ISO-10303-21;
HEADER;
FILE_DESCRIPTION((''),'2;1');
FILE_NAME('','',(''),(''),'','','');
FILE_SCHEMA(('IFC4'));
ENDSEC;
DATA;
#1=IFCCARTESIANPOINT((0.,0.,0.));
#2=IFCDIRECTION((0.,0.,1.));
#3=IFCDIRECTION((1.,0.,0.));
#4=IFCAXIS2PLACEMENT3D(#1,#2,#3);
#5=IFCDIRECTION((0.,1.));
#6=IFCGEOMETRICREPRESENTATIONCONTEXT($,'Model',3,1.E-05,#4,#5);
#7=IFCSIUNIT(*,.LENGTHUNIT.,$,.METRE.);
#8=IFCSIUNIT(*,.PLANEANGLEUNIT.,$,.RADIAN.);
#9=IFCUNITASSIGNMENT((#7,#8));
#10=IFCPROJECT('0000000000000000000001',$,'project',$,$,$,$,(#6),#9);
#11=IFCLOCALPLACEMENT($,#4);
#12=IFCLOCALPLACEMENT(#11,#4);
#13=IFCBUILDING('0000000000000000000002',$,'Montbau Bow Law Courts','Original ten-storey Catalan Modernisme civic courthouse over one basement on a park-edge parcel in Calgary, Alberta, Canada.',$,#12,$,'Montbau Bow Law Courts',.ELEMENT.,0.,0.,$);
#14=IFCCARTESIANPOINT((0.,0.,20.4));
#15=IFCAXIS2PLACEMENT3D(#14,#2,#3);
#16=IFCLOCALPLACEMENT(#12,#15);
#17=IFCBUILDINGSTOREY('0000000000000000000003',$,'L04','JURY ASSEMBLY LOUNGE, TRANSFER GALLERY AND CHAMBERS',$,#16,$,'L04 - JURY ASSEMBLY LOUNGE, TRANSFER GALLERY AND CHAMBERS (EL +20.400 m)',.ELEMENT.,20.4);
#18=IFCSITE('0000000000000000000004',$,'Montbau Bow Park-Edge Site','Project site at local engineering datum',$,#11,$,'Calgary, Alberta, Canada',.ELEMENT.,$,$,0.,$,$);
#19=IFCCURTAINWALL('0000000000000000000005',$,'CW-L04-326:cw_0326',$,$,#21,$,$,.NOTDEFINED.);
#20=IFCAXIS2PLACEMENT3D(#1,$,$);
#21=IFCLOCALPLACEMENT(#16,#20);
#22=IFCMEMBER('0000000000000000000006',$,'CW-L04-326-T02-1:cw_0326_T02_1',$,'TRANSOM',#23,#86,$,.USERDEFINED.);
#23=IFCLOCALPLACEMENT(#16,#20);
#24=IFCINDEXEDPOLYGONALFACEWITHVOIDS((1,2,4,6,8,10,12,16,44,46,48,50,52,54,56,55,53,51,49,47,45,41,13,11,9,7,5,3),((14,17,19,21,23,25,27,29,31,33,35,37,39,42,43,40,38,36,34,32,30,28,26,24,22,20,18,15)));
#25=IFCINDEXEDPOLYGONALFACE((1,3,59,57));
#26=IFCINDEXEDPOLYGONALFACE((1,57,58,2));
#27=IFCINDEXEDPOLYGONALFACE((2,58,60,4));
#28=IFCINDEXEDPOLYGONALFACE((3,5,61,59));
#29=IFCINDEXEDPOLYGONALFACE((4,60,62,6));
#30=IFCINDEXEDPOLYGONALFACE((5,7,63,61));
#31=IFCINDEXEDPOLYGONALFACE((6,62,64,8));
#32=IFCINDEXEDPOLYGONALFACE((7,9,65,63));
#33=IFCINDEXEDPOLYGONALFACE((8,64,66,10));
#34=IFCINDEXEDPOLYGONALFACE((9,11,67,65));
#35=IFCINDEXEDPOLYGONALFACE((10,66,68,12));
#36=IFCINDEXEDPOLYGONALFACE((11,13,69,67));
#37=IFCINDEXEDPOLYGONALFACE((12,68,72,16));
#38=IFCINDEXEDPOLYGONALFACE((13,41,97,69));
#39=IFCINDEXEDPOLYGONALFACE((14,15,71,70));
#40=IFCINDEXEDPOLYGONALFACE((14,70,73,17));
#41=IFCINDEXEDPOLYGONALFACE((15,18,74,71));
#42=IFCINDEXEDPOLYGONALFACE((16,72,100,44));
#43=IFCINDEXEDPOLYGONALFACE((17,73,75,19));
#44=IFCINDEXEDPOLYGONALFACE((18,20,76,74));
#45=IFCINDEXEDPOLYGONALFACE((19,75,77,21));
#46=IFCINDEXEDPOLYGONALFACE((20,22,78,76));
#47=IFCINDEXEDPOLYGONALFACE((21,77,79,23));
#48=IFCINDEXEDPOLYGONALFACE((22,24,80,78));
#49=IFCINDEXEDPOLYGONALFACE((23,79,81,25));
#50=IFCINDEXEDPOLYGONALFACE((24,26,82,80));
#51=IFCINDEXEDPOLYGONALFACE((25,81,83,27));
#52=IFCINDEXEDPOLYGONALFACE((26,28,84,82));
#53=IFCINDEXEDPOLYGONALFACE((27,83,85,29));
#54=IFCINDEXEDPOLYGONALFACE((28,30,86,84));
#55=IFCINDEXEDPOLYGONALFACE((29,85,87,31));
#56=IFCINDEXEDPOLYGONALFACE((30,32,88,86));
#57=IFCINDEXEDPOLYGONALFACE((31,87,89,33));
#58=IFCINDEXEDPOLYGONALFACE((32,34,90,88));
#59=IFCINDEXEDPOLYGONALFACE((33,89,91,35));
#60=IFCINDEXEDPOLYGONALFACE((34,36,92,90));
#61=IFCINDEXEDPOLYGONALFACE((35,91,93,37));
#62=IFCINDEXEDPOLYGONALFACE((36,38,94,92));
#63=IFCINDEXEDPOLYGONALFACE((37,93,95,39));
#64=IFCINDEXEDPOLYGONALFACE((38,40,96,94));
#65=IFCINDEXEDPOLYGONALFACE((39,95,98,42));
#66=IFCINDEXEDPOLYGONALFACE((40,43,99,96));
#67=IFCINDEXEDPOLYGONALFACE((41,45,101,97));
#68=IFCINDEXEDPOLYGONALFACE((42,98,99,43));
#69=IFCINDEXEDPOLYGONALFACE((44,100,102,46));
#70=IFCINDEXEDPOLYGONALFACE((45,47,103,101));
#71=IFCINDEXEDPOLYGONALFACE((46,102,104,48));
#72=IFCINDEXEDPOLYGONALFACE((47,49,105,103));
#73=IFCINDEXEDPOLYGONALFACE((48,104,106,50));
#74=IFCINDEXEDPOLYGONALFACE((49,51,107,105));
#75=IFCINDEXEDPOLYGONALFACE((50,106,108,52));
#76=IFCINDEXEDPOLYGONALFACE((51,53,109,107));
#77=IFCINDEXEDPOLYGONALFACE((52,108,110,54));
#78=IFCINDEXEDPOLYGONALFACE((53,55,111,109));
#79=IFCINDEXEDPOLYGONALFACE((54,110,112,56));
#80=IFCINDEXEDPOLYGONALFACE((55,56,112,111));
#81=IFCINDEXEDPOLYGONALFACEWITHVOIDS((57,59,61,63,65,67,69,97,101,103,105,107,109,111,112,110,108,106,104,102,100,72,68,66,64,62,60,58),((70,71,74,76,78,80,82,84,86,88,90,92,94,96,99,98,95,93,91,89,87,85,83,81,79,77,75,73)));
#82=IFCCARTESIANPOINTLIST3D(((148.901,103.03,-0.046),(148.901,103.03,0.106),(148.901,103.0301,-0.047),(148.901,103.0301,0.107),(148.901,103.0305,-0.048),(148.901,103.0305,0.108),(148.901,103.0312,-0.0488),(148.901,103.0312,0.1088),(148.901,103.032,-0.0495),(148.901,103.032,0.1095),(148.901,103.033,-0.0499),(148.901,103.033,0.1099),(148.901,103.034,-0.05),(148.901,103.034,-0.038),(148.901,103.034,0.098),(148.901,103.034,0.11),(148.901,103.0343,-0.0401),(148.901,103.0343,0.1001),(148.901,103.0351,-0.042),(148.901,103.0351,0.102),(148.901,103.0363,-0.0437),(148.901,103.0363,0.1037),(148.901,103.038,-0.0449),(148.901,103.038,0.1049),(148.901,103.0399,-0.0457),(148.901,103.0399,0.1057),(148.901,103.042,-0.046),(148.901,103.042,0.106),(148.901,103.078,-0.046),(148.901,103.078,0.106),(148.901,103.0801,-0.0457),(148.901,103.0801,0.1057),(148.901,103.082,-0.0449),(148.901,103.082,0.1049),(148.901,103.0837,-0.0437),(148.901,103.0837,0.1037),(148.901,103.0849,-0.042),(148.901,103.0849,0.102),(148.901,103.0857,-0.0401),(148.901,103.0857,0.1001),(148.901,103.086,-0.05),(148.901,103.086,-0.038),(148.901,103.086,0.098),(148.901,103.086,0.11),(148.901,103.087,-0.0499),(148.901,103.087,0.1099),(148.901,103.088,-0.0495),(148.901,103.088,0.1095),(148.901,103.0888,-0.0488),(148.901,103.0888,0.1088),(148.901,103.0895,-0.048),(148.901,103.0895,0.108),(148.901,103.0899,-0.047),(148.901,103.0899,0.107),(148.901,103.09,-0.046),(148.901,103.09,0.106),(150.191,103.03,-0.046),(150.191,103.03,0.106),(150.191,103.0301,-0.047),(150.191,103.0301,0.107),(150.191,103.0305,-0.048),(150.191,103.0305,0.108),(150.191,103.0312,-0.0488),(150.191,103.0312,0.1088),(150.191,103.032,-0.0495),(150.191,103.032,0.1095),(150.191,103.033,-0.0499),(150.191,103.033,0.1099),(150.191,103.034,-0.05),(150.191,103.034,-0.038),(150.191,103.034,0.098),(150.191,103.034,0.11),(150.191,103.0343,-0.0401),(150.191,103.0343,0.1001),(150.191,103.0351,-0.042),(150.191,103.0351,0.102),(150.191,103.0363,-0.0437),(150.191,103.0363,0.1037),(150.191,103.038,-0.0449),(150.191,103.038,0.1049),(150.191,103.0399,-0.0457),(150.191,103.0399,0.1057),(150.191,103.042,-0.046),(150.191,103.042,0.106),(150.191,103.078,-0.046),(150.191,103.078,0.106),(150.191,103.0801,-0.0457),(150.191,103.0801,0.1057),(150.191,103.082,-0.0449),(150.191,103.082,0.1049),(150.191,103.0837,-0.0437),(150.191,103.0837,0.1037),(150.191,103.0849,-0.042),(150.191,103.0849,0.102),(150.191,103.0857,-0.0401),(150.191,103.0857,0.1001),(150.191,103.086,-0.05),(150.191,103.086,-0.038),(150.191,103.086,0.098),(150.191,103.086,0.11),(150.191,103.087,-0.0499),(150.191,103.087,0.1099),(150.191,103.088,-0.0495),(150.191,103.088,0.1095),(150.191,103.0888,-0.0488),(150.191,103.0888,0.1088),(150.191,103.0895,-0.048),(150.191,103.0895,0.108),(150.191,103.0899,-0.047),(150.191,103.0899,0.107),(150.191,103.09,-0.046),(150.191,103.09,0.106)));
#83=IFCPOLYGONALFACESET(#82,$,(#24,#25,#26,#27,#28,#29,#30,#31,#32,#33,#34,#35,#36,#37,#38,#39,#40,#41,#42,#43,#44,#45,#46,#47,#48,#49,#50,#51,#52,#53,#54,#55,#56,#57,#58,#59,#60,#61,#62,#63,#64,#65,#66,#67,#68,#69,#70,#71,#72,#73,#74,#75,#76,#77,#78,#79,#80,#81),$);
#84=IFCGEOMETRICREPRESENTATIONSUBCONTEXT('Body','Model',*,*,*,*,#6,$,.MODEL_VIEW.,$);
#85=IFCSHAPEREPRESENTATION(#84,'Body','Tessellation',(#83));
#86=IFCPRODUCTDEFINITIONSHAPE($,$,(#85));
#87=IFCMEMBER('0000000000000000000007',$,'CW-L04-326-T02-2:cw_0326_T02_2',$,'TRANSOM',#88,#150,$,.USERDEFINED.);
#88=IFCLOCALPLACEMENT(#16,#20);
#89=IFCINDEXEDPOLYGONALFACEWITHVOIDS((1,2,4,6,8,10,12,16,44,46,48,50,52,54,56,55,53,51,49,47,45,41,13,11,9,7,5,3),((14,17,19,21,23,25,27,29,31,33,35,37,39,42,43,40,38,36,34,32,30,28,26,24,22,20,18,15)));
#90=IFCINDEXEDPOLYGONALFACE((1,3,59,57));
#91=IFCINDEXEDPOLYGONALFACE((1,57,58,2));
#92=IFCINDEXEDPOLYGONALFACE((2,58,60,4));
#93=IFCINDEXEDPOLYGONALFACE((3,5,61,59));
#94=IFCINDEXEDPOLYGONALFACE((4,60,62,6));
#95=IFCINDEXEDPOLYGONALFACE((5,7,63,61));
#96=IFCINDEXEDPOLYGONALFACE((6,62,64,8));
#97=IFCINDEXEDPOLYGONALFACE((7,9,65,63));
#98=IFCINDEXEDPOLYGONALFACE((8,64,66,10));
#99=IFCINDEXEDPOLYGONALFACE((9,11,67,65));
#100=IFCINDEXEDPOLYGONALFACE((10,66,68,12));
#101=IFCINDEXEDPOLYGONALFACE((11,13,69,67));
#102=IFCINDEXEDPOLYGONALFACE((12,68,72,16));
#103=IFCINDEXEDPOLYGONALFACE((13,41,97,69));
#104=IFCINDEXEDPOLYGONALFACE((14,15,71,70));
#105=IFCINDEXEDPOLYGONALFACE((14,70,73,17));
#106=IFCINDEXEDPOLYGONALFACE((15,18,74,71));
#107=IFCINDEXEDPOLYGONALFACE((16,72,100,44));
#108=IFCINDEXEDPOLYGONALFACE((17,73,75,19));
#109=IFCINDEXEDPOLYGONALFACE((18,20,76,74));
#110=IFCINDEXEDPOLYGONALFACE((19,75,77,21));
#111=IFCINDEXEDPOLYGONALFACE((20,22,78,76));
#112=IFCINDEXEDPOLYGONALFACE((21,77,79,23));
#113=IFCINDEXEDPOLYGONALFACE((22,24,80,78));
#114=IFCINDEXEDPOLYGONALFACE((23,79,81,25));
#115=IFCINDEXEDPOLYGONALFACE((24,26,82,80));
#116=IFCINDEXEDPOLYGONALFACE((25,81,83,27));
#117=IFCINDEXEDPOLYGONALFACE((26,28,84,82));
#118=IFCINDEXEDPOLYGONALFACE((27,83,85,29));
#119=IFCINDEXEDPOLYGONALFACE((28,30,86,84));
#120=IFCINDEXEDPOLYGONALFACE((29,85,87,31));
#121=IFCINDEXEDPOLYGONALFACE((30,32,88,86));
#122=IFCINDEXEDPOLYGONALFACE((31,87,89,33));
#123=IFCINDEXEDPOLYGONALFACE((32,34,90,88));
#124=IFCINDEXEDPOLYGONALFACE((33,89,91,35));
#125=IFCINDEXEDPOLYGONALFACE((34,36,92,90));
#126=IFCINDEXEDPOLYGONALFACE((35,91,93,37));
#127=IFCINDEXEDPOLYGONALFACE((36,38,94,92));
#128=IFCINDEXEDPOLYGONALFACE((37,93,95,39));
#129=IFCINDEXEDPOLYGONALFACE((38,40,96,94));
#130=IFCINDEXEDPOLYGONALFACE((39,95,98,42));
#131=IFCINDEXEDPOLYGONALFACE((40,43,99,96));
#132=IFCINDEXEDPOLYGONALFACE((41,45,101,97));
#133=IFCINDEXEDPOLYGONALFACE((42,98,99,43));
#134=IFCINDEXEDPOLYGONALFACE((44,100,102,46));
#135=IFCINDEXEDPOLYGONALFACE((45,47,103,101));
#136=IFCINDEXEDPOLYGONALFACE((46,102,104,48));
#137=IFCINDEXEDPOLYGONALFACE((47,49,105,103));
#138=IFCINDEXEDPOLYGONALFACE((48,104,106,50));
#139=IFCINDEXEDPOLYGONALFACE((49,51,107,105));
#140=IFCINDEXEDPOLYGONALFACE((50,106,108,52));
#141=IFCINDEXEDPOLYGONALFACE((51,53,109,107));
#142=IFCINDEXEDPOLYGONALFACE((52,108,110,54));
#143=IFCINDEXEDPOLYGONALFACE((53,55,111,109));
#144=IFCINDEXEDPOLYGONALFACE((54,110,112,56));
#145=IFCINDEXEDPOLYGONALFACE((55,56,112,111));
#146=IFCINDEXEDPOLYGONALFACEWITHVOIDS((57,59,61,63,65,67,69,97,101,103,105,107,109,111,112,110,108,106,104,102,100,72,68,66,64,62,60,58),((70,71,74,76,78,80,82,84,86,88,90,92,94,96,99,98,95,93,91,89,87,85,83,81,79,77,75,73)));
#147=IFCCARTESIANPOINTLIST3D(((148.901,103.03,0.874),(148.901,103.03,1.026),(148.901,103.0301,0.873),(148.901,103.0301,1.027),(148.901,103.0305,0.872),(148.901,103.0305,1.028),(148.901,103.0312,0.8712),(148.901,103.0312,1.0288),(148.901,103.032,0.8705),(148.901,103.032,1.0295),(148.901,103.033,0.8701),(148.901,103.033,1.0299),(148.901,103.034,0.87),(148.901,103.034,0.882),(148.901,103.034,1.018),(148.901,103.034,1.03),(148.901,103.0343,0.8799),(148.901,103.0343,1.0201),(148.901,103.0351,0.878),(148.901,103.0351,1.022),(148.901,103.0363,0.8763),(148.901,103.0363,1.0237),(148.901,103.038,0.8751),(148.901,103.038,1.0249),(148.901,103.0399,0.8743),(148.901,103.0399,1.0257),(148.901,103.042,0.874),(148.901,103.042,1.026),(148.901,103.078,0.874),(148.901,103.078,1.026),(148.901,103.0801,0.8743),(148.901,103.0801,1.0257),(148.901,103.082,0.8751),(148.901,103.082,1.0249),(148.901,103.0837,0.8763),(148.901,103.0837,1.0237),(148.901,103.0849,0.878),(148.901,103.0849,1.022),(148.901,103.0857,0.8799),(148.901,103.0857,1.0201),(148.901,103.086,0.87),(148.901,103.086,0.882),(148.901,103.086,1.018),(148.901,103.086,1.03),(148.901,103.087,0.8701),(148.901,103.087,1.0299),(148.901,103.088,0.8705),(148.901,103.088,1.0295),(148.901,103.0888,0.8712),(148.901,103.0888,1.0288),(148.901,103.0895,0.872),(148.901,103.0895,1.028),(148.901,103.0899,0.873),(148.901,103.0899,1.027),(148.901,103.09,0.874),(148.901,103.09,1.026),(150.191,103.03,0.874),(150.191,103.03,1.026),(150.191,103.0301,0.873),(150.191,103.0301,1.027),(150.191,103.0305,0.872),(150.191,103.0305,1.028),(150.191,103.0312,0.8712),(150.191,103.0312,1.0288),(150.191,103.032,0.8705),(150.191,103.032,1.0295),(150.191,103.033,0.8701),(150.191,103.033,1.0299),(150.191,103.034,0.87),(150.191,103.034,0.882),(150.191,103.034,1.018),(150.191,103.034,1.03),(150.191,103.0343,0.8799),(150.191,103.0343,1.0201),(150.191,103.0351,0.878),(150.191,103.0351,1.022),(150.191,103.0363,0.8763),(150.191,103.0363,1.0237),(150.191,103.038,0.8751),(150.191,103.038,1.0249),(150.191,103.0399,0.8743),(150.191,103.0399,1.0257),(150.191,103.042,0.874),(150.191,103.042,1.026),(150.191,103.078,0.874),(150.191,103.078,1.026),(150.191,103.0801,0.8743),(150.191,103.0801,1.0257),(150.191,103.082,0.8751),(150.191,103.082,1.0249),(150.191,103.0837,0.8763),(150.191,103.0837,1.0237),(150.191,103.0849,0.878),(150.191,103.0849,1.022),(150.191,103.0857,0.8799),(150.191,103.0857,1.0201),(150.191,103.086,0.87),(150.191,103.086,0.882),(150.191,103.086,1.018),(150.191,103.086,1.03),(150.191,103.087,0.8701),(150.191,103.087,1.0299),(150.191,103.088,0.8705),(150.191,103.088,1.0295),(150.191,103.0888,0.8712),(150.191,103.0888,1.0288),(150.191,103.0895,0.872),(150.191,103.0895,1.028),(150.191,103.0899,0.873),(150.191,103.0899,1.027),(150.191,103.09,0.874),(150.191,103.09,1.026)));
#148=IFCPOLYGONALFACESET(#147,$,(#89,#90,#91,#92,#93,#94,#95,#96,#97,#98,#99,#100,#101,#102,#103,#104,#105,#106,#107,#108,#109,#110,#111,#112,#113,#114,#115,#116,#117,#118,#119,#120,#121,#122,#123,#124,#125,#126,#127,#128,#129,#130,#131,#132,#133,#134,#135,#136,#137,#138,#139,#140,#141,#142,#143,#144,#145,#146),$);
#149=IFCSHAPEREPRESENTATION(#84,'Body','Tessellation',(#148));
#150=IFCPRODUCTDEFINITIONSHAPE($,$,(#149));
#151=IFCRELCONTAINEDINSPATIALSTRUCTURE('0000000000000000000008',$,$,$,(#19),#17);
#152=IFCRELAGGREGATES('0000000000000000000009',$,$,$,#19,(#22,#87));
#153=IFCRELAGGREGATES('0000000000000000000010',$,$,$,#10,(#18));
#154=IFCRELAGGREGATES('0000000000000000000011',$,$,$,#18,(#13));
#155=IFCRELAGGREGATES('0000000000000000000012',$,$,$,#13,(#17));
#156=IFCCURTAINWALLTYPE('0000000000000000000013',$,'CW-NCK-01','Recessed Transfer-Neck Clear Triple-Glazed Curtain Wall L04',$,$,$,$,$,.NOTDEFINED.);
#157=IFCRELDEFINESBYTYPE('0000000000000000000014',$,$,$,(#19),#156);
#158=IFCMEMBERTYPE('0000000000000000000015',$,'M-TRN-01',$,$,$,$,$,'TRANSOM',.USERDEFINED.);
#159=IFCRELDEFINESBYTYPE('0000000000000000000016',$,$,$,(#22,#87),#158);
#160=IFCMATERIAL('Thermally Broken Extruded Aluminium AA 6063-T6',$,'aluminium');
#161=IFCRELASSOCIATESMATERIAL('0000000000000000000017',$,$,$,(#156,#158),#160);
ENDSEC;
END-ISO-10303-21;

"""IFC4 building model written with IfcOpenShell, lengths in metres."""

from ifc_helpers import new_model, si_unit, direction, frame, origin_with_axes, origin_2d_with_axis, place, context, subcontext, project, spatial, hollow_rectangle, extrude, material, material_profile, profile_set, type_object, element, aggregate, save


model = new_model("IFC4")

# Units and contexts
model_context = context("Model", 3, precision=1e-05, world=origin_with_axes(), true_north=direction((0.0, 1.0)))
body_context = subcontext(model_context, "Body", "Model", "MODEL_VIEW")
ifc_project = project(units=[si_unit("LENGTHUNIT", "METRE"), si_unit("PLANEANGLEUNIT", "RADIAN")], contexts=[model_context])

# Site, building, storey
site_placement = place(None, origin_with_axes())
site = spatial("IfcSite", under=ifc_project, at=site_placement, Name="Montbau Bow Park-Edge Site", Description="Project site at local engineering datum", LongName="Calgary, Alberta, Canada", CompositionType="ELEMENT", RefElevation=0.0)
building_placement = place(site_placement, origin_with_axes())
building = spatial("IfcBuilding", under=site, at=building_placement, Name="Montbau Bow Law Courts", Description="Original ten-storey Catalan Modernisme civic courthouse over one basement on a park-edge parcel in Calgary, Alberta, Canada.", LongName="Montbau Bow Law Courts", CompositionType="ELEMENT", ElevationOfRefHeight=0.0, ElevationOfTerrain=0.0)
storey_placement = place(building_placement, frame((0.0, 0.0, 20.4), z_axis=(0.0, 0.0, 1.0), x_axis=(1.0, 0.0, 0.0)))
storey = spatial("IfcBuildingStorey", under=building, at=storey_placement, Name="L04", Description="JURY ASSEMBLY LOUNGE, TRANSFER GALLERY AND CHAMBERS", LongName="L04 - JURY ASSEMBLY LOUNGE, TRANSFER GALLERY AND CHAMBERS (EL +20.400 m)", CompositionType="ELEMENT", Elevation=20.4)

# Curtain wall, members
ifc_material_1 = material(Name="Thermally Broken Extruded Aluminium AA 6063-T6", Category="aluminium")
curtain_wall_type = type_object("IfcCurtainWallType", Name="CW-NCK-01", Description="Recessed Transfer-Neck Clear Triple-Glazed Curtain Wall L04", PredefinedType="NOTDEFINED", material=ifc_material_1)
curtain_wall_placement = place(None, frame((147.515, 103.06, 20.4), z_axis=(0.0, 0.0, 1.0), x_axis=(1.0, 0.0, 0.0)))
curtain_wall = element("IfcCurtainWall", 1, at=curtain_wall_placement, inside=storey, type_object=curtain_wall_type, Name="CW-L04-326:cw_0326", PredefinedType="NOTDEFINED")
ifc_material_profile_1 = material_profile(ifc_material_1, hollow_rectangle(XDim=0.06, YDim=0.16, WallThickness=0.004, InnerFilletRadius=0.008, OuterFilletRadius=0.004, at=origin_2d_with_axis()), Name="CWT-160X60", Category="Main", Priority=0)
ifc_profile_set_1 = profile_set([ifc_material_profile_1], Name="Thermally Broken Extruded Aluminium AA 6063-T6")
member_type_1 = type_object("IfcMemberType", Name="M-TRN-01", ElementType="TRANSOM", PredefinedType="USERDEFINED", material=ifc_profile_set_1)
member_1_placement = place(None, frame((148.901, 103.06, 20.43), z_axis=(1.0, 0.0, 0.0), x_axis=(0.0, 1.0, 0.0)))
member_1 = element("IfcMember", 2, at=member_1_placement, type_object=member_type_1, Name="CW-L04-326-T02-1:cw_0326_T02_1", ObjectType="TRANSOM", PredefinedType="USERDEFINED", context=body_context, shape_type="SweptSolid", body=[
    extrude(hollow_rectangle(XDim=0.06, YDim=0.16, WallThickness=0.004, InnerFilletRadius=0.008, OuterFilletRadius=0.004, at=origin_2d_with_axis()), origin_with_axes(), (0.0, 0.0, 1.0), 1.29),
])
member_2_placement = place(None, frame((148.901, 103.06, 21.35), z_axis=(1.0, 0.0, 0.0), x_axis=(0.0, 1.0, 0.0)))
member_2 = element("IfcMember", 3, at=member_2_placement, type_object=member_type_1, Name="CW-L04-326-T02-2:cw_0326_T02_2", ObjectType="TRANSOM", PredefinedType="USERDEFINED", context=body_context, shape_type="SweptSolid", body=[
    extrude(hollow_rectangle(XDim=0.06, YDim=0.16, WallThickness=0.004, InnerFilletRadius=0.008, OuterFilletRadius=0.004, at=origin_2d_with_axis()), origin_with_axes(), (0.0, 0.0, 1.0), 1.29),
])
aggregate(curtain_wall, [member_1, member_2])

save(model, "model.ifc")
